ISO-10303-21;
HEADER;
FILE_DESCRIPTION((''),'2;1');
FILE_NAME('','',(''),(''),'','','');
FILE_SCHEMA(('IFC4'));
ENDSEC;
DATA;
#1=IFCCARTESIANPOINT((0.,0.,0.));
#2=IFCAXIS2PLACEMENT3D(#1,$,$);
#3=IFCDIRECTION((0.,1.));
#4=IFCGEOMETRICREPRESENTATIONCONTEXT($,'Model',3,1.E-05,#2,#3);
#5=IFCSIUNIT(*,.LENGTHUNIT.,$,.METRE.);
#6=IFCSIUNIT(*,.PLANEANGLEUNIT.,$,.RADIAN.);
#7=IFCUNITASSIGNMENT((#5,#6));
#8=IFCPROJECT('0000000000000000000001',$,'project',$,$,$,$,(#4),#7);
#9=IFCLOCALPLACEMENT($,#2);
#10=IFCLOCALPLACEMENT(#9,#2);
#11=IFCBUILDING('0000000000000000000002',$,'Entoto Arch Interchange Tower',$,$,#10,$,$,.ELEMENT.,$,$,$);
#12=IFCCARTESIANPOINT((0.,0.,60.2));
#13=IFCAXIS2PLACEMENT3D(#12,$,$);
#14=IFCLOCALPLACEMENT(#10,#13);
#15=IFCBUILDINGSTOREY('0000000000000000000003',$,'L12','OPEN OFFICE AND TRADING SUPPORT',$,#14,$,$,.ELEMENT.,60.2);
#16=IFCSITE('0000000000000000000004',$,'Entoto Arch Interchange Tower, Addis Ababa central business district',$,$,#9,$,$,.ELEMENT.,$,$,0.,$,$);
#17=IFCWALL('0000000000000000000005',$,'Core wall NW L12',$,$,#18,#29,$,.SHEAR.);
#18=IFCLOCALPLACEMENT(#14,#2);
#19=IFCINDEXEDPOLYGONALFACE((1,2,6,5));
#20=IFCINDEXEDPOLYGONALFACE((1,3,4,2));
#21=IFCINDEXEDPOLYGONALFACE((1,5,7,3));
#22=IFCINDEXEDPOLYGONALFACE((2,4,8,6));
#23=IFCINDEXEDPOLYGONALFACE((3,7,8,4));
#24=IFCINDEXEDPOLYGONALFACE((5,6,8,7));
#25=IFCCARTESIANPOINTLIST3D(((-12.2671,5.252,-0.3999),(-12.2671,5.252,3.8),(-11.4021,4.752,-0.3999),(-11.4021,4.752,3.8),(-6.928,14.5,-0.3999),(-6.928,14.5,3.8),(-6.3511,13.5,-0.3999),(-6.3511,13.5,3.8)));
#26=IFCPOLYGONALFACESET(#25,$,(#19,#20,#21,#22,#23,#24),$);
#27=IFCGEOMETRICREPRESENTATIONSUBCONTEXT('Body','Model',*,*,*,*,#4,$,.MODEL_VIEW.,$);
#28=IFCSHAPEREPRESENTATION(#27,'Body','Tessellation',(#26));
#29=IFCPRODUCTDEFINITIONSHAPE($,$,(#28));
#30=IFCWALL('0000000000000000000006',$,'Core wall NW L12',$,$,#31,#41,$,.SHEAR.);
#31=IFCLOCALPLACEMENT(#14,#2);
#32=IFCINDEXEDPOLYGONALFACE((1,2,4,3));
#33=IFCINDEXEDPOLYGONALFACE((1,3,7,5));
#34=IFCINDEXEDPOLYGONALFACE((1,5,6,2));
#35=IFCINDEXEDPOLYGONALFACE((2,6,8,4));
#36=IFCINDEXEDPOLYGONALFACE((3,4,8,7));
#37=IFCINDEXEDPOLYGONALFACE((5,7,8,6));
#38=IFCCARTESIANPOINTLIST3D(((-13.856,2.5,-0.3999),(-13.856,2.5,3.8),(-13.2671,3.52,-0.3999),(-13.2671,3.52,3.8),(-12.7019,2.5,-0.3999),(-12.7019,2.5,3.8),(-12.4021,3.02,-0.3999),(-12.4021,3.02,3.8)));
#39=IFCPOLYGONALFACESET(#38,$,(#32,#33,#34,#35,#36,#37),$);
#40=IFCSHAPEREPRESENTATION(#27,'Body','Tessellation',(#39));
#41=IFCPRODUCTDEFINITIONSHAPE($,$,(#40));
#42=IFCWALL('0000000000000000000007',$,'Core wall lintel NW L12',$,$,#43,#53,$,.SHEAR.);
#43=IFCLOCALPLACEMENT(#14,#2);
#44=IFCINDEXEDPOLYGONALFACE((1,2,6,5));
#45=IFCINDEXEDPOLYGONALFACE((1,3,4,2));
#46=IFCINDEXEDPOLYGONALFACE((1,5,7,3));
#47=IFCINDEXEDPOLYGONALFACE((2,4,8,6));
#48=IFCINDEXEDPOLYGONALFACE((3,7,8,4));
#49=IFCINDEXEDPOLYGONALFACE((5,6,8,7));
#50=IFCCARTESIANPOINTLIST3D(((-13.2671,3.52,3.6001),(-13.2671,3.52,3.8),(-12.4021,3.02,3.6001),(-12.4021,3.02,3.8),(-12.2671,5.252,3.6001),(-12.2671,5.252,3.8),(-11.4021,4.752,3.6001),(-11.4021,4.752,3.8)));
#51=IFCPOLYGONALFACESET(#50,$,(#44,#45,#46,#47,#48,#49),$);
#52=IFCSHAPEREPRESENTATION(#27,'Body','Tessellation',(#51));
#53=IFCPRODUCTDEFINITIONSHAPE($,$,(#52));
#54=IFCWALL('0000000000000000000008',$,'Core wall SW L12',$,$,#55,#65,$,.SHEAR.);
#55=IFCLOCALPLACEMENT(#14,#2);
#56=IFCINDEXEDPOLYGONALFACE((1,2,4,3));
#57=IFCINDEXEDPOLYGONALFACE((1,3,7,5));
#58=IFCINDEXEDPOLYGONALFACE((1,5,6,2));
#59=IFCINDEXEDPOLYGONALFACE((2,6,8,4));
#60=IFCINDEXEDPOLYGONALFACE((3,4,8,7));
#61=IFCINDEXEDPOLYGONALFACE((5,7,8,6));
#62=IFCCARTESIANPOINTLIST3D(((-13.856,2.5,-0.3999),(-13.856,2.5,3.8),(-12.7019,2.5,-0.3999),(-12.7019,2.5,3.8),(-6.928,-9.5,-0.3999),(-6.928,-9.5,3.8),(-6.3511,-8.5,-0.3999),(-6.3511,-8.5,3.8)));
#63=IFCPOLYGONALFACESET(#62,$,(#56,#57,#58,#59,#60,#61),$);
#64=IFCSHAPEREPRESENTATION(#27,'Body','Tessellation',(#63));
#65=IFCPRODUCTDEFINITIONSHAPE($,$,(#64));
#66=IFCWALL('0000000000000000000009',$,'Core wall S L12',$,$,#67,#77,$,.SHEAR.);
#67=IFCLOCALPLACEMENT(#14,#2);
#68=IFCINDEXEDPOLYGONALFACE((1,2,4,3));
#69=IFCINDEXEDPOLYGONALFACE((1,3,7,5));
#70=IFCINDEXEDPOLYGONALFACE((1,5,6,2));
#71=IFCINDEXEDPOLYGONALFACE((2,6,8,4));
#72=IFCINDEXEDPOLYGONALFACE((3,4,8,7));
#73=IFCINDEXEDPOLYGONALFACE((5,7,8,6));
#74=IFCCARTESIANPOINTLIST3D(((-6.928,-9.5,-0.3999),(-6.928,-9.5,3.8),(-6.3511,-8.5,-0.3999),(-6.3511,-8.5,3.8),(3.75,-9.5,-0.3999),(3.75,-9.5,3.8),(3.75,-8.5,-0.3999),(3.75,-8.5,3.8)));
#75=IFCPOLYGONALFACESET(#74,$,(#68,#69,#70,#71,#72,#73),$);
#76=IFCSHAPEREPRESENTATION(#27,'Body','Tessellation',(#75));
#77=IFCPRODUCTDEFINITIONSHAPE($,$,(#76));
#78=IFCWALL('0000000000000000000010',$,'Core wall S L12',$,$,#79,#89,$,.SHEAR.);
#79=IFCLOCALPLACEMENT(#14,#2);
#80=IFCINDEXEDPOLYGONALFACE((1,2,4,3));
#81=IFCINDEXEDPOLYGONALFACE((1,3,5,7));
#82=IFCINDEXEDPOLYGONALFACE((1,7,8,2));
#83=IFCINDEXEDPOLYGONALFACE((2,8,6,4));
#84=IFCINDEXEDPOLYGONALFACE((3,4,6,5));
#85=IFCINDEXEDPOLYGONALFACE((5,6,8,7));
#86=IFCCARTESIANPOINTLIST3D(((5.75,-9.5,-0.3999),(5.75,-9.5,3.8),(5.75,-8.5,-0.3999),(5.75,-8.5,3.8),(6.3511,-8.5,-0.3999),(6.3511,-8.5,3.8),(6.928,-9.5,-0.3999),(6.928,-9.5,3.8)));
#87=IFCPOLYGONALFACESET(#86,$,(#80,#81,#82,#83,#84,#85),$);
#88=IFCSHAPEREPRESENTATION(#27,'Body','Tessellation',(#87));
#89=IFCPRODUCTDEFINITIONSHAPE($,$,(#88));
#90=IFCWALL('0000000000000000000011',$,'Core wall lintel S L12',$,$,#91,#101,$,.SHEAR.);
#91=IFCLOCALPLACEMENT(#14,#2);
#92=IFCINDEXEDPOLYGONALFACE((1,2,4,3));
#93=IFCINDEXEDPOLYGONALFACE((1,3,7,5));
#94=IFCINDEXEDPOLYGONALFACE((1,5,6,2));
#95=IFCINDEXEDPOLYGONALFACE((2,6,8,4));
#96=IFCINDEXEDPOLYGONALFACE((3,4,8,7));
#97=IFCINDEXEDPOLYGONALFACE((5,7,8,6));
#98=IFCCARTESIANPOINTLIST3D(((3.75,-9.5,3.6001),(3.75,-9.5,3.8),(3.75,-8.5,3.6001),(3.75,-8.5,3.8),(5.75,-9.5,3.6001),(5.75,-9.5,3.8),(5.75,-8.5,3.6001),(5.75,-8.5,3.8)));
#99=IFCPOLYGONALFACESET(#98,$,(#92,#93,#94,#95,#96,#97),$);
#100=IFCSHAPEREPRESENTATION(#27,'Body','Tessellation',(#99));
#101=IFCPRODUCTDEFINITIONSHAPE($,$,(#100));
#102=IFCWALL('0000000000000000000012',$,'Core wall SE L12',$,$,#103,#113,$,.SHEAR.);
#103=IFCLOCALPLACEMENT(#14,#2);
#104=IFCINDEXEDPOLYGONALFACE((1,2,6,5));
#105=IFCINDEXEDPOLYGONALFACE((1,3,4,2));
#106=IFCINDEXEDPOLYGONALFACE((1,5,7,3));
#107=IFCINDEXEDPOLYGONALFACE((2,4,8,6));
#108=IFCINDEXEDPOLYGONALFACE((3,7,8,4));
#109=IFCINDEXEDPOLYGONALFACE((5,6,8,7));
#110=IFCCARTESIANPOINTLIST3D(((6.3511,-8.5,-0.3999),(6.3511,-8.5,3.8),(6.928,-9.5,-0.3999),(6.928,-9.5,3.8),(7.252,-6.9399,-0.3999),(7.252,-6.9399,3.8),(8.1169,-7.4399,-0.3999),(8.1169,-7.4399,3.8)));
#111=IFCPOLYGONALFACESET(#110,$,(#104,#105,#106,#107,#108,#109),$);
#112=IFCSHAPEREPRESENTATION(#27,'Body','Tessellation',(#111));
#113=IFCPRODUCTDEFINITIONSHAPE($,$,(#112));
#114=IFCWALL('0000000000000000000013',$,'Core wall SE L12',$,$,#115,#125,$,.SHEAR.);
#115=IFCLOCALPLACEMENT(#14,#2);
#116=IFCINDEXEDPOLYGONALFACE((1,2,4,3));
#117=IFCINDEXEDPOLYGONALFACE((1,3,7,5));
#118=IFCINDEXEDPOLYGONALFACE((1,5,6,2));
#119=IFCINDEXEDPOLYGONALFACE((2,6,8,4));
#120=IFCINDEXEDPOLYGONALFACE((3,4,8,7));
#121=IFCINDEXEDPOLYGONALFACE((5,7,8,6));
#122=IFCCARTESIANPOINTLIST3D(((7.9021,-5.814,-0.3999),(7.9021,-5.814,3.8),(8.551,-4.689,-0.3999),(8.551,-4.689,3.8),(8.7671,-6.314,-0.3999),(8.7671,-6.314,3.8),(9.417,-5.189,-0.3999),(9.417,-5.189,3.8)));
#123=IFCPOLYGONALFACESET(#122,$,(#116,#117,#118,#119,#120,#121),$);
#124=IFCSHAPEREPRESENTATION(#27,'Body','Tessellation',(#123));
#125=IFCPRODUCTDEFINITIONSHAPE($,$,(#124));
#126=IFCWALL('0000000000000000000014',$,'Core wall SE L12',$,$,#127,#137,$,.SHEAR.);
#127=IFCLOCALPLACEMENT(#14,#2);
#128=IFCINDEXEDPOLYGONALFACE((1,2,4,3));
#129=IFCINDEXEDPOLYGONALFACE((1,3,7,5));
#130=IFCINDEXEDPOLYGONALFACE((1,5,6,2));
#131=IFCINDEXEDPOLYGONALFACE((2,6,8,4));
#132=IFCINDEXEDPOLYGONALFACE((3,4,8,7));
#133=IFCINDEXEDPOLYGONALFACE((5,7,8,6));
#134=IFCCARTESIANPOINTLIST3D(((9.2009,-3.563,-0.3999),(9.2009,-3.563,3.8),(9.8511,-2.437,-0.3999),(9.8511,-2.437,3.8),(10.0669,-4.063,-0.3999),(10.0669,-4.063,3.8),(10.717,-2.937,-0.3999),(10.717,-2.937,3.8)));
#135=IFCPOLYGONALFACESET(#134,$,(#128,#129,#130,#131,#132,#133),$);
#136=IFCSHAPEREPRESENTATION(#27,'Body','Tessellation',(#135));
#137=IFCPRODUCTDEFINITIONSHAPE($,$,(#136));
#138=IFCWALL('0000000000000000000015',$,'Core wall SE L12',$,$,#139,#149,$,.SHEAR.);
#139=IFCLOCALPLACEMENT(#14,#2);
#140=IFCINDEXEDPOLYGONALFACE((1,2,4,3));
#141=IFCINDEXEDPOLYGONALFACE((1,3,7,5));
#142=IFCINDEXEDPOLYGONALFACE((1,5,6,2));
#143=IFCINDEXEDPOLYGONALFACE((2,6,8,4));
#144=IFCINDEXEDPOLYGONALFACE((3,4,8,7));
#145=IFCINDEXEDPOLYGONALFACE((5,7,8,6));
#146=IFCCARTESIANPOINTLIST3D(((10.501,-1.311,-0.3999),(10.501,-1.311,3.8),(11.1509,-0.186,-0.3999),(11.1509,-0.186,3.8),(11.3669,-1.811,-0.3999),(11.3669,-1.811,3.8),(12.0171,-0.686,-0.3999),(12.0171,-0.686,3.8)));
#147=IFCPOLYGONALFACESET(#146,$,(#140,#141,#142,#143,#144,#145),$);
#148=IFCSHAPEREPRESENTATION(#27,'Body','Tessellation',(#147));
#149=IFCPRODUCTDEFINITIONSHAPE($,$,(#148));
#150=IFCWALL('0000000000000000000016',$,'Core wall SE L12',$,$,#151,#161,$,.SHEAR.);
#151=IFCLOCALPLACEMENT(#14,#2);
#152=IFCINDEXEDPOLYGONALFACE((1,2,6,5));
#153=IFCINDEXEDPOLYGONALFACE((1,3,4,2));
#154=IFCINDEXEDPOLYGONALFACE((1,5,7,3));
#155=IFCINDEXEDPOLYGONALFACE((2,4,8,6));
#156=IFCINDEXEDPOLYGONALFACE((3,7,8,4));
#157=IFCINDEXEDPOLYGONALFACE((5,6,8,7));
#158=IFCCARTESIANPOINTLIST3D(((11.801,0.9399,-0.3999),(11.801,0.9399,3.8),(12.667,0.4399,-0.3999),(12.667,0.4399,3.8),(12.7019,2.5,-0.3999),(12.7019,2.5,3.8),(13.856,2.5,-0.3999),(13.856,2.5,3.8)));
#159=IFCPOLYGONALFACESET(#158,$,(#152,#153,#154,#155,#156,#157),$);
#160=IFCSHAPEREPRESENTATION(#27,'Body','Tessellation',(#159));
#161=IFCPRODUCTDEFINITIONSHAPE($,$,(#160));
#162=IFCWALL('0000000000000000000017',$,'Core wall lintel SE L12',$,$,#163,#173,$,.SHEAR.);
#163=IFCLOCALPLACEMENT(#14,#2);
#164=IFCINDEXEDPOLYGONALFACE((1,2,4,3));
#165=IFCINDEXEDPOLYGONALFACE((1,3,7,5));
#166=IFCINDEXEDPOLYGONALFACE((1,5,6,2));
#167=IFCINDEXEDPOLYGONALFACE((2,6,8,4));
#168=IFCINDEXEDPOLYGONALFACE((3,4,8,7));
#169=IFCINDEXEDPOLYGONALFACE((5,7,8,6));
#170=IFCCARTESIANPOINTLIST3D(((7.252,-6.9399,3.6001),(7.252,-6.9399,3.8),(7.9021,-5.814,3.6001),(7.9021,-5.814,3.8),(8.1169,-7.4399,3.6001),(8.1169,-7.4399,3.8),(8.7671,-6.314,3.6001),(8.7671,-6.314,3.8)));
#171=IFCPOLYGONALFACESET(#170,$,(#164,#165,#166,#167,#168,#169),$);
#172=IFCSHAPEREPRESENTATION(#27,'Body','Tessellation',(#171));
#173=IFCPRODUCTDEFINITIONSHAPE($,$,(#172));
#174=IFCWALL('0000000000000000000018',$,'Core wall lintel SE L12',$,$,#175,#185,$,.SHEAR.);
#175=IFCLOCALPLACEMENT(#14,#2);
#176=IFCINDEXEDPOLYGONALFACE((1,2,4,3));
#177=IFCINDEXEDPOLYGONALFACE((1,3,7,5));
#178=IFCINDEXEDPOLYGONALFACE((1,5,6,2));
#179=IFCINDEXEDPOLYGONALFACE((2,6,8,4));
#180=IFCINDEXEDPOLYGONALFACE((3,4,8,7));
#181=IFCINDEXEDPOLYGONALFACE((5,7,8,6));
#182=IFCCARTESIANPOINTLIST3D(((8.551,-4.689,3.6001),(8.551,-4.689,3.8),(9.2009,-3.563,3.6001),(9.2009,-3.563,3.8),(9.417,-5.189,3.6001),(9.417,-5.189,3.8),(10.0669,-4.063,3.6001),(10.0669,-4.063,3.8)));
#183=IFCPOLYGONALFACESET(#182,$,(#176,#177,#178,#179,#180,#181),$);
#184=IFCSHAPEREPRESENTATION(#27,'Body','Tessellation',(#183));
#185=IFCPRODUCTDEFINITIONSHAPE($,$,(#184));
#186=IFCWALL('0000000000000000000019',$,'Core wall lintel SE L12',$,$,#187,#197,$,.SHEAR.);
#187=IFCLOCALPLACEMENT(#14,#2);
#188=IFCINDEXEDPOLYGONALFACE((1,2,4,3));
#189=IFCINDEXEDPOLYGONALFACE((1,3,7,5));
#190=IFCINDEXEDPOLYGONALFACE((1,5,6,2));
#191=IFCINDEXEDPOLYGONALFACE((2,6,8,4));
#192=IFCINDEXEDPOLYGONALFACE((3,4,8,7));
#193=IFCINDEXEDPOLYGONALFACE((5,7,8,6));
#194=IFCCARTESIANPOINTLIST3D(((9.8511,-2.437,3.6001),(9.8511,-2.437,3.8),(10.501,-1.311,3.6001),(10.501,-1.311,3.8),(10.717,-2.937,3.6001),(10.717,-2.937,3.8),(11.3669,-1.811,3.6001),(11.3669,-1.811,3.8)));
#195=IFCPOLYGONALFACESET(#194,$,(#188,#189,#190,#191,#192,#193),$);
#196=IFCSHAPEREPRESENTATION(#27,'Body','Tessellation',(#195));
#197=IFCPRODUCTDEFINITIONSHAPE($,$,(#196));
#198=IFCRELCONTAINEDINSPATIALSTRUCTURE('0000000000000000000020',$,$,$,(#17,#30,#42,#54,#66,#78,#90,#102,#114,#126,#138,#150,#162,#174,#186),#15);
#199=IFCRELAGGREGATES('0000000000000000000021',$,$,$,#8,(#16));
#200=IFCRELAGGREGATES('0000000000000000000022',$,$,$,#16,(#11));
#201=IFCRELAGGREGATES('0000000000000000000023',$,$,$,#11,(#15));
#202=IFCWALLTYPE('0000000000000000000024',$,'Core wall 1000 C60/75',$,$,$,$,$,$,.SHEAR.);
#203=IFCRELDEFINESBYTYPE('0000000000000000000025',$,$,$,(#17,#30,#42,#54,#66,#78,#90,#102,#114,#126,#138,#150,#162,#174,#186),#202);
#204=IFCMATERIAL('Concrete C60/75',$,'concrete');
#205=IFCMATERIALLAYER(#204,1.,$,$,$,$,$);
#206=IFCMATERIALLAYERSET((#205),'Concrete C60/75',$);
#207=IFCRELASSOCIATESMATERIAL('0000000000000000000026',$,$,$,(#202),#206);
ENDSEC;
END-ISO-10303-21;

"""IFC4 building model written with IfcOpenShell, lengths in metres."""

from ifc_helpers import new_model, si_unit, direction, frame, origin, place, context, subcontext, project, spatial, polyline, outline, extrude, material, layer, layer_set, type_object, element, save


model = new_model("IFC4")

# Units and contexts
model_context = context("Model", 3, precision=1e-05, world=origin(), true_north=direction((0.0, 1.0)))
body_context = subcontext(model_context, "Body", "Model", "MODEL_VIEW")
ifc_project = project(units=[si_unit("LENGTHUNIT", "METRE"), si_unit("PLANEANGLEUNIT", "RADIAN")], contexts=[model_context])

# Site, building, storey
site_placement = place(None, origin())
site = spatial("IfcSite", under=ifc_project, at=site_placement, Name="Entoto Arch Interchange Tower, Addis Ababa central business district", CompositionType="ELEMENT", RefElevation=0.0)
building_placement = place(site_placement, origin())
building = spatial("IfcBuilding", under=site, at=building_placement, Name="Entoto Arch Interchange Tower", CompositionType="ELEMENT")
storey_placement = place(building_placement, frame((0.0, 0.0, 60.2)))
storey = spatial("IfcBuildingStorey", under=building, at=storey_placement, Name="L12", Description="OPEN OFFICE AND TRADING SUPPORT", CompositionType="ELEMENT", Elevation=60.2)

# Walls
ifc_material_1 = material(Name="Concrete C60/75", Category="concrete")
ifc_layer_1 = layer(ifc_material_1, 1.0)
ifc_layer_set_1 = layer_set([ifc_layer_1], Name="Concrete C60/75")
wall_type_1 = type_object("IfcWallType", Name="Core wall 1000 C60/75", PredefinedType="SHEAR", material=ifc_layer_set_1)
wall_1_placement = place(storey_placement, frame((0.0, 0.0, -0.3999)))
element("IfcWall", 1, at=wall_1_placement, inside=storey, type_object=wall_type_1, Name="Core wall NW L12", PredefinedType="SHEAR", context=body_context, shape_type="SweptSolid", body=[
    extrude(outline(polyline([(-12.2671, 5.252), (-11.4021, 4.752), (-6.3511, 13.5), (-6.928, 14.5), (-12.2671, 5.252)])), origin(), (0.0, 0.0, 1.0), 4.2),
])
wall_2_placement = place(storey_placement, frame((0.0, 0.0, -0.3999)))
element("IfcWall", 2, at=wall_2_placement, inside=storey, type_object=wall_type_1, Name="Core wall NW L12", PredefinedType="SHEAR", context=body_context, shape_type="SweptSolid", body=[
    extrude(outline(polyline([(-12.4021, 3.02), (-13.2671, 3.52), (-13.856, 2.5), (-12.7019, 2.5), (-12.4021, 3.02)])), origin(), (0.0, 0.0, 1.0), 4.2),
])
wall_3_placement = place(storey_placement, frame((0.0, 0.0, 3.6001)))
element("IfcWall", 3, at=wall_3_placement, inside=storey, type_object=wall_type_1, Name="Core wall lintel NW L12", PredefinedType="SHEAR", context=body_context, shape_type="SweptSolid", body=[
    extrude(outline(polyline([(-13.2671, 3.52), (-12.4021, 3.02), (-11.4021, 4.752), (-12.2671, 5.252), (-13.2671, 3.52)])), origin(), (0.0, 0.0, 1.0), 0.2),
])
wall_4_placement = place(storey_placement, frame((0.0, 0.0, -0.3999)))
element("IfcWall", 4, at=wall_4_placement, inside=storey, type_object=wall_type_1, Name="Core wall SW L12", PredefinedType="SHEAR", context=body_context, shape_type="SweptSolid", body=[
    extrude(outline(polyline([(-13.856, 2.5), (-6.928, -9.5), (-6.3511, -8.5), (-12.7019, 2.5), (-13.856, 2.5)])), origin(), (0.0, 0.0, 1.0), 4.2),
])
wall_5_placement = place(storey_placement, frame((0.0, 0.0, -0.3999)))
element("IfcWall", 5, at=wall_5_placement, inside=storey, type_object=wall_type_1, Name="Core wall S L12", PredefinedType="SHEAR", context=body_context, shape_type="SweptSolid", body=[
    extrude(outline(polyline([(3.75, -9.5), (3.75, -8.5), (-6.3511, -8.5), (-6.928, -9.5), (3.75, -9.5)])), origin(), (0.0, 0.0, 1.0), 4.2),
])
wall_6_placement = place(storey_placement, frame((0.0, 0.0, -0.3999)))
element("IfcWall", 6, at=wall_6_placement, inside=storey, type_object=wall_type_1, Name="Core wall S L12", PredefinedType="SHEAR", context=body_context, shape_type="SweptSolid", body=[
    extrude(outline(polyline([(5.75, -8.5), (5.75, -9.5), (6.928, -9.5), (6.3511, -8.5), (5.75, -8.5)])), origin(), (0.0, 0.0, 1.0), 4.2),
])
wall_7_placement = place(storey_placement, frame((0.0, 0.0, 3.6001)))
element("IfcWall", 7, at=wall_7_placement, inside=storey, type_object=wall_type_1, Name="Core wall lintel S L12", PredefinedType="SHEAR", context=body_context, shape_type="SweptSolid", body=[
    extrude(outline(polyline([(5.75, -9.5), (5.75, -8.5), (3.75, -8.5), (3.75, -9.5), (5.75, -9.5)])), origin(), (0.0, 0.0, 1.0), 0.2),
])
wall_8_placement = place(storey_placement, frame((0.0, 0.0, -0.3999)))
element("IfcWall", 8, at=wall_8_placement, inside=storey, type_object=wall_type_1, Name="Core wall SE L12", PredefinedType="SHEAR", context=body_context, shape_type="SweptSolid", body=[
    extrude(outline(polyline([(8.1169, -7.4399), (7.252, -6.9399), (6.3511, -8.5), (6.928, -9.5), (8.1169, -7.4399)])), origin(), (0.0, 0.0, 1.0), 4.2),
])
wall_9_placement = place(storey_placement, frame((0.0, 0.0, -0.3999)))
element("IfcWall", 9, at=wall_9_placement, inside=storey, type_object=wall_type_1, Name="Core wall SE L12", PredefinedType="SHEAR", context=body_context, shape_type="SweptSolid", body=[
    extrude(outline(polyline([(9.417, -5.189), (8.551, -4.689), (7.9021, -5.814), (8.7671, -6.314), (9.417, -5.189)])), origin(), (0.0, 0.0, 1.0), 4.2),
])
wall_10_placement = place(storey_placement, frame((0.0, 0.0, -0.3999)))
element("IfcWall", 10, at=wall_10_placement, inside=storey, type_object=wall_type_1, Name="Core wall SE L12", PredefinedType="SHEAR", context=body_context, shape_type="SweptSolid", body=[
    extrude(outline(polyline([(10.717, -2.937), (9.8511, -2.437), (9.2009, -3.563), (10.0669, -4.063), (10.717, -2.937)])), origin(), (0.0, 0.0, 1.0), 4.2),
])
wall_11_placement = place(storey_placement, frame((0.0, 0.0, -0.3999)))
element("IfcWall", 11, at=wall_11_placement, inside=storey, type_object=wall_type_1, Name="Core wall SE L12", PredefinedType="SHEAR", context=body_context, shape_type="SweptSolid", body=[
    extrude(outline(polyline([(12.0171, -0.686), (11.1509, -0.186), (10.501, -1.311), (11.3669, -1.811), (12.0171, -0.686)])), origin(), (0.0, 0.0, 1.0), 4.2),
])
wall_12_placement = place(storey_placement, frame((0.0, 0.0, -0.3999)))
element("IfcWall", 12, at=wall_12_placement, inside=storey, type_object=wall_type_1, Name="Core wall SE L12", PredefinedType="SHEAR", context=body_context, shape_type="SweptSolid", body=[
    extrude(outline(polyline([(11.801, 0.9399), (12.667, 0.4399), (13.856, 2.5), (12.7019, 2.5), (11.801, 0.9399)])), origin(), (0.0, 0.0, 1.0), 4.2),
])
wall_13_placement = place(storey_placement, frame((0.0, 0.0, 3.6001)))
element("IfcWall", 13, at=wall_13_placement, inside=storey, type_object=wall_type_1, Name="Core wall lintel SE L12", PredefinedType="SHEAR", context=body_context, shape_type="SweptSolid", body=[
    extrude(outline(polyline([(8.7671, -6.314), (7.9021, -5.814), (7.252, -6.9399), (8.1169, -7.4399), (8.7671, -6.314)])), origin(), (0.0, 0.0, 1.0), 0.2),
])
wall_14_placement = place(storey_placement, frame((0.0, 0.0, 3.6001)))
element("IfcWall", 14, at=wall_14_placement, inside=storey, type_object=wall_type_1, Name="Core wall lintel SE L12", PredefinedType="SHEAR", context=body_context, shape_type="SweptSolid", body=[
    extrude(outline(polyline([(10.0669, -4.063), (9.2009, -3.563), (8.551, -4.689), (9.417, -5.189), (10.0669, -4.063)])), origin(), (0.0, 0.0, 1.0), 0.2),
])
wall_15_placement = place(storey_placement, frame((0.0, 0.0, 3.6001)))
element("IfcWall", 15, at=wall_15_placement, inside=storey, type_object=wall_type_1, Name="Core wall lintel SE L12", PredefinedType="SHEAR", context=body_context, shape_type="SweptSolid", body=[
    extrude(outline(polyline([(11.3669, -1.811), (10.501, -1.311), (9.8511, -2.437), (10.717, -2.937), (11.3669, -1.811)])), origin(), (0.0, 0.0, 1.0), 0.2),
])

save(model, "model.ifc")
